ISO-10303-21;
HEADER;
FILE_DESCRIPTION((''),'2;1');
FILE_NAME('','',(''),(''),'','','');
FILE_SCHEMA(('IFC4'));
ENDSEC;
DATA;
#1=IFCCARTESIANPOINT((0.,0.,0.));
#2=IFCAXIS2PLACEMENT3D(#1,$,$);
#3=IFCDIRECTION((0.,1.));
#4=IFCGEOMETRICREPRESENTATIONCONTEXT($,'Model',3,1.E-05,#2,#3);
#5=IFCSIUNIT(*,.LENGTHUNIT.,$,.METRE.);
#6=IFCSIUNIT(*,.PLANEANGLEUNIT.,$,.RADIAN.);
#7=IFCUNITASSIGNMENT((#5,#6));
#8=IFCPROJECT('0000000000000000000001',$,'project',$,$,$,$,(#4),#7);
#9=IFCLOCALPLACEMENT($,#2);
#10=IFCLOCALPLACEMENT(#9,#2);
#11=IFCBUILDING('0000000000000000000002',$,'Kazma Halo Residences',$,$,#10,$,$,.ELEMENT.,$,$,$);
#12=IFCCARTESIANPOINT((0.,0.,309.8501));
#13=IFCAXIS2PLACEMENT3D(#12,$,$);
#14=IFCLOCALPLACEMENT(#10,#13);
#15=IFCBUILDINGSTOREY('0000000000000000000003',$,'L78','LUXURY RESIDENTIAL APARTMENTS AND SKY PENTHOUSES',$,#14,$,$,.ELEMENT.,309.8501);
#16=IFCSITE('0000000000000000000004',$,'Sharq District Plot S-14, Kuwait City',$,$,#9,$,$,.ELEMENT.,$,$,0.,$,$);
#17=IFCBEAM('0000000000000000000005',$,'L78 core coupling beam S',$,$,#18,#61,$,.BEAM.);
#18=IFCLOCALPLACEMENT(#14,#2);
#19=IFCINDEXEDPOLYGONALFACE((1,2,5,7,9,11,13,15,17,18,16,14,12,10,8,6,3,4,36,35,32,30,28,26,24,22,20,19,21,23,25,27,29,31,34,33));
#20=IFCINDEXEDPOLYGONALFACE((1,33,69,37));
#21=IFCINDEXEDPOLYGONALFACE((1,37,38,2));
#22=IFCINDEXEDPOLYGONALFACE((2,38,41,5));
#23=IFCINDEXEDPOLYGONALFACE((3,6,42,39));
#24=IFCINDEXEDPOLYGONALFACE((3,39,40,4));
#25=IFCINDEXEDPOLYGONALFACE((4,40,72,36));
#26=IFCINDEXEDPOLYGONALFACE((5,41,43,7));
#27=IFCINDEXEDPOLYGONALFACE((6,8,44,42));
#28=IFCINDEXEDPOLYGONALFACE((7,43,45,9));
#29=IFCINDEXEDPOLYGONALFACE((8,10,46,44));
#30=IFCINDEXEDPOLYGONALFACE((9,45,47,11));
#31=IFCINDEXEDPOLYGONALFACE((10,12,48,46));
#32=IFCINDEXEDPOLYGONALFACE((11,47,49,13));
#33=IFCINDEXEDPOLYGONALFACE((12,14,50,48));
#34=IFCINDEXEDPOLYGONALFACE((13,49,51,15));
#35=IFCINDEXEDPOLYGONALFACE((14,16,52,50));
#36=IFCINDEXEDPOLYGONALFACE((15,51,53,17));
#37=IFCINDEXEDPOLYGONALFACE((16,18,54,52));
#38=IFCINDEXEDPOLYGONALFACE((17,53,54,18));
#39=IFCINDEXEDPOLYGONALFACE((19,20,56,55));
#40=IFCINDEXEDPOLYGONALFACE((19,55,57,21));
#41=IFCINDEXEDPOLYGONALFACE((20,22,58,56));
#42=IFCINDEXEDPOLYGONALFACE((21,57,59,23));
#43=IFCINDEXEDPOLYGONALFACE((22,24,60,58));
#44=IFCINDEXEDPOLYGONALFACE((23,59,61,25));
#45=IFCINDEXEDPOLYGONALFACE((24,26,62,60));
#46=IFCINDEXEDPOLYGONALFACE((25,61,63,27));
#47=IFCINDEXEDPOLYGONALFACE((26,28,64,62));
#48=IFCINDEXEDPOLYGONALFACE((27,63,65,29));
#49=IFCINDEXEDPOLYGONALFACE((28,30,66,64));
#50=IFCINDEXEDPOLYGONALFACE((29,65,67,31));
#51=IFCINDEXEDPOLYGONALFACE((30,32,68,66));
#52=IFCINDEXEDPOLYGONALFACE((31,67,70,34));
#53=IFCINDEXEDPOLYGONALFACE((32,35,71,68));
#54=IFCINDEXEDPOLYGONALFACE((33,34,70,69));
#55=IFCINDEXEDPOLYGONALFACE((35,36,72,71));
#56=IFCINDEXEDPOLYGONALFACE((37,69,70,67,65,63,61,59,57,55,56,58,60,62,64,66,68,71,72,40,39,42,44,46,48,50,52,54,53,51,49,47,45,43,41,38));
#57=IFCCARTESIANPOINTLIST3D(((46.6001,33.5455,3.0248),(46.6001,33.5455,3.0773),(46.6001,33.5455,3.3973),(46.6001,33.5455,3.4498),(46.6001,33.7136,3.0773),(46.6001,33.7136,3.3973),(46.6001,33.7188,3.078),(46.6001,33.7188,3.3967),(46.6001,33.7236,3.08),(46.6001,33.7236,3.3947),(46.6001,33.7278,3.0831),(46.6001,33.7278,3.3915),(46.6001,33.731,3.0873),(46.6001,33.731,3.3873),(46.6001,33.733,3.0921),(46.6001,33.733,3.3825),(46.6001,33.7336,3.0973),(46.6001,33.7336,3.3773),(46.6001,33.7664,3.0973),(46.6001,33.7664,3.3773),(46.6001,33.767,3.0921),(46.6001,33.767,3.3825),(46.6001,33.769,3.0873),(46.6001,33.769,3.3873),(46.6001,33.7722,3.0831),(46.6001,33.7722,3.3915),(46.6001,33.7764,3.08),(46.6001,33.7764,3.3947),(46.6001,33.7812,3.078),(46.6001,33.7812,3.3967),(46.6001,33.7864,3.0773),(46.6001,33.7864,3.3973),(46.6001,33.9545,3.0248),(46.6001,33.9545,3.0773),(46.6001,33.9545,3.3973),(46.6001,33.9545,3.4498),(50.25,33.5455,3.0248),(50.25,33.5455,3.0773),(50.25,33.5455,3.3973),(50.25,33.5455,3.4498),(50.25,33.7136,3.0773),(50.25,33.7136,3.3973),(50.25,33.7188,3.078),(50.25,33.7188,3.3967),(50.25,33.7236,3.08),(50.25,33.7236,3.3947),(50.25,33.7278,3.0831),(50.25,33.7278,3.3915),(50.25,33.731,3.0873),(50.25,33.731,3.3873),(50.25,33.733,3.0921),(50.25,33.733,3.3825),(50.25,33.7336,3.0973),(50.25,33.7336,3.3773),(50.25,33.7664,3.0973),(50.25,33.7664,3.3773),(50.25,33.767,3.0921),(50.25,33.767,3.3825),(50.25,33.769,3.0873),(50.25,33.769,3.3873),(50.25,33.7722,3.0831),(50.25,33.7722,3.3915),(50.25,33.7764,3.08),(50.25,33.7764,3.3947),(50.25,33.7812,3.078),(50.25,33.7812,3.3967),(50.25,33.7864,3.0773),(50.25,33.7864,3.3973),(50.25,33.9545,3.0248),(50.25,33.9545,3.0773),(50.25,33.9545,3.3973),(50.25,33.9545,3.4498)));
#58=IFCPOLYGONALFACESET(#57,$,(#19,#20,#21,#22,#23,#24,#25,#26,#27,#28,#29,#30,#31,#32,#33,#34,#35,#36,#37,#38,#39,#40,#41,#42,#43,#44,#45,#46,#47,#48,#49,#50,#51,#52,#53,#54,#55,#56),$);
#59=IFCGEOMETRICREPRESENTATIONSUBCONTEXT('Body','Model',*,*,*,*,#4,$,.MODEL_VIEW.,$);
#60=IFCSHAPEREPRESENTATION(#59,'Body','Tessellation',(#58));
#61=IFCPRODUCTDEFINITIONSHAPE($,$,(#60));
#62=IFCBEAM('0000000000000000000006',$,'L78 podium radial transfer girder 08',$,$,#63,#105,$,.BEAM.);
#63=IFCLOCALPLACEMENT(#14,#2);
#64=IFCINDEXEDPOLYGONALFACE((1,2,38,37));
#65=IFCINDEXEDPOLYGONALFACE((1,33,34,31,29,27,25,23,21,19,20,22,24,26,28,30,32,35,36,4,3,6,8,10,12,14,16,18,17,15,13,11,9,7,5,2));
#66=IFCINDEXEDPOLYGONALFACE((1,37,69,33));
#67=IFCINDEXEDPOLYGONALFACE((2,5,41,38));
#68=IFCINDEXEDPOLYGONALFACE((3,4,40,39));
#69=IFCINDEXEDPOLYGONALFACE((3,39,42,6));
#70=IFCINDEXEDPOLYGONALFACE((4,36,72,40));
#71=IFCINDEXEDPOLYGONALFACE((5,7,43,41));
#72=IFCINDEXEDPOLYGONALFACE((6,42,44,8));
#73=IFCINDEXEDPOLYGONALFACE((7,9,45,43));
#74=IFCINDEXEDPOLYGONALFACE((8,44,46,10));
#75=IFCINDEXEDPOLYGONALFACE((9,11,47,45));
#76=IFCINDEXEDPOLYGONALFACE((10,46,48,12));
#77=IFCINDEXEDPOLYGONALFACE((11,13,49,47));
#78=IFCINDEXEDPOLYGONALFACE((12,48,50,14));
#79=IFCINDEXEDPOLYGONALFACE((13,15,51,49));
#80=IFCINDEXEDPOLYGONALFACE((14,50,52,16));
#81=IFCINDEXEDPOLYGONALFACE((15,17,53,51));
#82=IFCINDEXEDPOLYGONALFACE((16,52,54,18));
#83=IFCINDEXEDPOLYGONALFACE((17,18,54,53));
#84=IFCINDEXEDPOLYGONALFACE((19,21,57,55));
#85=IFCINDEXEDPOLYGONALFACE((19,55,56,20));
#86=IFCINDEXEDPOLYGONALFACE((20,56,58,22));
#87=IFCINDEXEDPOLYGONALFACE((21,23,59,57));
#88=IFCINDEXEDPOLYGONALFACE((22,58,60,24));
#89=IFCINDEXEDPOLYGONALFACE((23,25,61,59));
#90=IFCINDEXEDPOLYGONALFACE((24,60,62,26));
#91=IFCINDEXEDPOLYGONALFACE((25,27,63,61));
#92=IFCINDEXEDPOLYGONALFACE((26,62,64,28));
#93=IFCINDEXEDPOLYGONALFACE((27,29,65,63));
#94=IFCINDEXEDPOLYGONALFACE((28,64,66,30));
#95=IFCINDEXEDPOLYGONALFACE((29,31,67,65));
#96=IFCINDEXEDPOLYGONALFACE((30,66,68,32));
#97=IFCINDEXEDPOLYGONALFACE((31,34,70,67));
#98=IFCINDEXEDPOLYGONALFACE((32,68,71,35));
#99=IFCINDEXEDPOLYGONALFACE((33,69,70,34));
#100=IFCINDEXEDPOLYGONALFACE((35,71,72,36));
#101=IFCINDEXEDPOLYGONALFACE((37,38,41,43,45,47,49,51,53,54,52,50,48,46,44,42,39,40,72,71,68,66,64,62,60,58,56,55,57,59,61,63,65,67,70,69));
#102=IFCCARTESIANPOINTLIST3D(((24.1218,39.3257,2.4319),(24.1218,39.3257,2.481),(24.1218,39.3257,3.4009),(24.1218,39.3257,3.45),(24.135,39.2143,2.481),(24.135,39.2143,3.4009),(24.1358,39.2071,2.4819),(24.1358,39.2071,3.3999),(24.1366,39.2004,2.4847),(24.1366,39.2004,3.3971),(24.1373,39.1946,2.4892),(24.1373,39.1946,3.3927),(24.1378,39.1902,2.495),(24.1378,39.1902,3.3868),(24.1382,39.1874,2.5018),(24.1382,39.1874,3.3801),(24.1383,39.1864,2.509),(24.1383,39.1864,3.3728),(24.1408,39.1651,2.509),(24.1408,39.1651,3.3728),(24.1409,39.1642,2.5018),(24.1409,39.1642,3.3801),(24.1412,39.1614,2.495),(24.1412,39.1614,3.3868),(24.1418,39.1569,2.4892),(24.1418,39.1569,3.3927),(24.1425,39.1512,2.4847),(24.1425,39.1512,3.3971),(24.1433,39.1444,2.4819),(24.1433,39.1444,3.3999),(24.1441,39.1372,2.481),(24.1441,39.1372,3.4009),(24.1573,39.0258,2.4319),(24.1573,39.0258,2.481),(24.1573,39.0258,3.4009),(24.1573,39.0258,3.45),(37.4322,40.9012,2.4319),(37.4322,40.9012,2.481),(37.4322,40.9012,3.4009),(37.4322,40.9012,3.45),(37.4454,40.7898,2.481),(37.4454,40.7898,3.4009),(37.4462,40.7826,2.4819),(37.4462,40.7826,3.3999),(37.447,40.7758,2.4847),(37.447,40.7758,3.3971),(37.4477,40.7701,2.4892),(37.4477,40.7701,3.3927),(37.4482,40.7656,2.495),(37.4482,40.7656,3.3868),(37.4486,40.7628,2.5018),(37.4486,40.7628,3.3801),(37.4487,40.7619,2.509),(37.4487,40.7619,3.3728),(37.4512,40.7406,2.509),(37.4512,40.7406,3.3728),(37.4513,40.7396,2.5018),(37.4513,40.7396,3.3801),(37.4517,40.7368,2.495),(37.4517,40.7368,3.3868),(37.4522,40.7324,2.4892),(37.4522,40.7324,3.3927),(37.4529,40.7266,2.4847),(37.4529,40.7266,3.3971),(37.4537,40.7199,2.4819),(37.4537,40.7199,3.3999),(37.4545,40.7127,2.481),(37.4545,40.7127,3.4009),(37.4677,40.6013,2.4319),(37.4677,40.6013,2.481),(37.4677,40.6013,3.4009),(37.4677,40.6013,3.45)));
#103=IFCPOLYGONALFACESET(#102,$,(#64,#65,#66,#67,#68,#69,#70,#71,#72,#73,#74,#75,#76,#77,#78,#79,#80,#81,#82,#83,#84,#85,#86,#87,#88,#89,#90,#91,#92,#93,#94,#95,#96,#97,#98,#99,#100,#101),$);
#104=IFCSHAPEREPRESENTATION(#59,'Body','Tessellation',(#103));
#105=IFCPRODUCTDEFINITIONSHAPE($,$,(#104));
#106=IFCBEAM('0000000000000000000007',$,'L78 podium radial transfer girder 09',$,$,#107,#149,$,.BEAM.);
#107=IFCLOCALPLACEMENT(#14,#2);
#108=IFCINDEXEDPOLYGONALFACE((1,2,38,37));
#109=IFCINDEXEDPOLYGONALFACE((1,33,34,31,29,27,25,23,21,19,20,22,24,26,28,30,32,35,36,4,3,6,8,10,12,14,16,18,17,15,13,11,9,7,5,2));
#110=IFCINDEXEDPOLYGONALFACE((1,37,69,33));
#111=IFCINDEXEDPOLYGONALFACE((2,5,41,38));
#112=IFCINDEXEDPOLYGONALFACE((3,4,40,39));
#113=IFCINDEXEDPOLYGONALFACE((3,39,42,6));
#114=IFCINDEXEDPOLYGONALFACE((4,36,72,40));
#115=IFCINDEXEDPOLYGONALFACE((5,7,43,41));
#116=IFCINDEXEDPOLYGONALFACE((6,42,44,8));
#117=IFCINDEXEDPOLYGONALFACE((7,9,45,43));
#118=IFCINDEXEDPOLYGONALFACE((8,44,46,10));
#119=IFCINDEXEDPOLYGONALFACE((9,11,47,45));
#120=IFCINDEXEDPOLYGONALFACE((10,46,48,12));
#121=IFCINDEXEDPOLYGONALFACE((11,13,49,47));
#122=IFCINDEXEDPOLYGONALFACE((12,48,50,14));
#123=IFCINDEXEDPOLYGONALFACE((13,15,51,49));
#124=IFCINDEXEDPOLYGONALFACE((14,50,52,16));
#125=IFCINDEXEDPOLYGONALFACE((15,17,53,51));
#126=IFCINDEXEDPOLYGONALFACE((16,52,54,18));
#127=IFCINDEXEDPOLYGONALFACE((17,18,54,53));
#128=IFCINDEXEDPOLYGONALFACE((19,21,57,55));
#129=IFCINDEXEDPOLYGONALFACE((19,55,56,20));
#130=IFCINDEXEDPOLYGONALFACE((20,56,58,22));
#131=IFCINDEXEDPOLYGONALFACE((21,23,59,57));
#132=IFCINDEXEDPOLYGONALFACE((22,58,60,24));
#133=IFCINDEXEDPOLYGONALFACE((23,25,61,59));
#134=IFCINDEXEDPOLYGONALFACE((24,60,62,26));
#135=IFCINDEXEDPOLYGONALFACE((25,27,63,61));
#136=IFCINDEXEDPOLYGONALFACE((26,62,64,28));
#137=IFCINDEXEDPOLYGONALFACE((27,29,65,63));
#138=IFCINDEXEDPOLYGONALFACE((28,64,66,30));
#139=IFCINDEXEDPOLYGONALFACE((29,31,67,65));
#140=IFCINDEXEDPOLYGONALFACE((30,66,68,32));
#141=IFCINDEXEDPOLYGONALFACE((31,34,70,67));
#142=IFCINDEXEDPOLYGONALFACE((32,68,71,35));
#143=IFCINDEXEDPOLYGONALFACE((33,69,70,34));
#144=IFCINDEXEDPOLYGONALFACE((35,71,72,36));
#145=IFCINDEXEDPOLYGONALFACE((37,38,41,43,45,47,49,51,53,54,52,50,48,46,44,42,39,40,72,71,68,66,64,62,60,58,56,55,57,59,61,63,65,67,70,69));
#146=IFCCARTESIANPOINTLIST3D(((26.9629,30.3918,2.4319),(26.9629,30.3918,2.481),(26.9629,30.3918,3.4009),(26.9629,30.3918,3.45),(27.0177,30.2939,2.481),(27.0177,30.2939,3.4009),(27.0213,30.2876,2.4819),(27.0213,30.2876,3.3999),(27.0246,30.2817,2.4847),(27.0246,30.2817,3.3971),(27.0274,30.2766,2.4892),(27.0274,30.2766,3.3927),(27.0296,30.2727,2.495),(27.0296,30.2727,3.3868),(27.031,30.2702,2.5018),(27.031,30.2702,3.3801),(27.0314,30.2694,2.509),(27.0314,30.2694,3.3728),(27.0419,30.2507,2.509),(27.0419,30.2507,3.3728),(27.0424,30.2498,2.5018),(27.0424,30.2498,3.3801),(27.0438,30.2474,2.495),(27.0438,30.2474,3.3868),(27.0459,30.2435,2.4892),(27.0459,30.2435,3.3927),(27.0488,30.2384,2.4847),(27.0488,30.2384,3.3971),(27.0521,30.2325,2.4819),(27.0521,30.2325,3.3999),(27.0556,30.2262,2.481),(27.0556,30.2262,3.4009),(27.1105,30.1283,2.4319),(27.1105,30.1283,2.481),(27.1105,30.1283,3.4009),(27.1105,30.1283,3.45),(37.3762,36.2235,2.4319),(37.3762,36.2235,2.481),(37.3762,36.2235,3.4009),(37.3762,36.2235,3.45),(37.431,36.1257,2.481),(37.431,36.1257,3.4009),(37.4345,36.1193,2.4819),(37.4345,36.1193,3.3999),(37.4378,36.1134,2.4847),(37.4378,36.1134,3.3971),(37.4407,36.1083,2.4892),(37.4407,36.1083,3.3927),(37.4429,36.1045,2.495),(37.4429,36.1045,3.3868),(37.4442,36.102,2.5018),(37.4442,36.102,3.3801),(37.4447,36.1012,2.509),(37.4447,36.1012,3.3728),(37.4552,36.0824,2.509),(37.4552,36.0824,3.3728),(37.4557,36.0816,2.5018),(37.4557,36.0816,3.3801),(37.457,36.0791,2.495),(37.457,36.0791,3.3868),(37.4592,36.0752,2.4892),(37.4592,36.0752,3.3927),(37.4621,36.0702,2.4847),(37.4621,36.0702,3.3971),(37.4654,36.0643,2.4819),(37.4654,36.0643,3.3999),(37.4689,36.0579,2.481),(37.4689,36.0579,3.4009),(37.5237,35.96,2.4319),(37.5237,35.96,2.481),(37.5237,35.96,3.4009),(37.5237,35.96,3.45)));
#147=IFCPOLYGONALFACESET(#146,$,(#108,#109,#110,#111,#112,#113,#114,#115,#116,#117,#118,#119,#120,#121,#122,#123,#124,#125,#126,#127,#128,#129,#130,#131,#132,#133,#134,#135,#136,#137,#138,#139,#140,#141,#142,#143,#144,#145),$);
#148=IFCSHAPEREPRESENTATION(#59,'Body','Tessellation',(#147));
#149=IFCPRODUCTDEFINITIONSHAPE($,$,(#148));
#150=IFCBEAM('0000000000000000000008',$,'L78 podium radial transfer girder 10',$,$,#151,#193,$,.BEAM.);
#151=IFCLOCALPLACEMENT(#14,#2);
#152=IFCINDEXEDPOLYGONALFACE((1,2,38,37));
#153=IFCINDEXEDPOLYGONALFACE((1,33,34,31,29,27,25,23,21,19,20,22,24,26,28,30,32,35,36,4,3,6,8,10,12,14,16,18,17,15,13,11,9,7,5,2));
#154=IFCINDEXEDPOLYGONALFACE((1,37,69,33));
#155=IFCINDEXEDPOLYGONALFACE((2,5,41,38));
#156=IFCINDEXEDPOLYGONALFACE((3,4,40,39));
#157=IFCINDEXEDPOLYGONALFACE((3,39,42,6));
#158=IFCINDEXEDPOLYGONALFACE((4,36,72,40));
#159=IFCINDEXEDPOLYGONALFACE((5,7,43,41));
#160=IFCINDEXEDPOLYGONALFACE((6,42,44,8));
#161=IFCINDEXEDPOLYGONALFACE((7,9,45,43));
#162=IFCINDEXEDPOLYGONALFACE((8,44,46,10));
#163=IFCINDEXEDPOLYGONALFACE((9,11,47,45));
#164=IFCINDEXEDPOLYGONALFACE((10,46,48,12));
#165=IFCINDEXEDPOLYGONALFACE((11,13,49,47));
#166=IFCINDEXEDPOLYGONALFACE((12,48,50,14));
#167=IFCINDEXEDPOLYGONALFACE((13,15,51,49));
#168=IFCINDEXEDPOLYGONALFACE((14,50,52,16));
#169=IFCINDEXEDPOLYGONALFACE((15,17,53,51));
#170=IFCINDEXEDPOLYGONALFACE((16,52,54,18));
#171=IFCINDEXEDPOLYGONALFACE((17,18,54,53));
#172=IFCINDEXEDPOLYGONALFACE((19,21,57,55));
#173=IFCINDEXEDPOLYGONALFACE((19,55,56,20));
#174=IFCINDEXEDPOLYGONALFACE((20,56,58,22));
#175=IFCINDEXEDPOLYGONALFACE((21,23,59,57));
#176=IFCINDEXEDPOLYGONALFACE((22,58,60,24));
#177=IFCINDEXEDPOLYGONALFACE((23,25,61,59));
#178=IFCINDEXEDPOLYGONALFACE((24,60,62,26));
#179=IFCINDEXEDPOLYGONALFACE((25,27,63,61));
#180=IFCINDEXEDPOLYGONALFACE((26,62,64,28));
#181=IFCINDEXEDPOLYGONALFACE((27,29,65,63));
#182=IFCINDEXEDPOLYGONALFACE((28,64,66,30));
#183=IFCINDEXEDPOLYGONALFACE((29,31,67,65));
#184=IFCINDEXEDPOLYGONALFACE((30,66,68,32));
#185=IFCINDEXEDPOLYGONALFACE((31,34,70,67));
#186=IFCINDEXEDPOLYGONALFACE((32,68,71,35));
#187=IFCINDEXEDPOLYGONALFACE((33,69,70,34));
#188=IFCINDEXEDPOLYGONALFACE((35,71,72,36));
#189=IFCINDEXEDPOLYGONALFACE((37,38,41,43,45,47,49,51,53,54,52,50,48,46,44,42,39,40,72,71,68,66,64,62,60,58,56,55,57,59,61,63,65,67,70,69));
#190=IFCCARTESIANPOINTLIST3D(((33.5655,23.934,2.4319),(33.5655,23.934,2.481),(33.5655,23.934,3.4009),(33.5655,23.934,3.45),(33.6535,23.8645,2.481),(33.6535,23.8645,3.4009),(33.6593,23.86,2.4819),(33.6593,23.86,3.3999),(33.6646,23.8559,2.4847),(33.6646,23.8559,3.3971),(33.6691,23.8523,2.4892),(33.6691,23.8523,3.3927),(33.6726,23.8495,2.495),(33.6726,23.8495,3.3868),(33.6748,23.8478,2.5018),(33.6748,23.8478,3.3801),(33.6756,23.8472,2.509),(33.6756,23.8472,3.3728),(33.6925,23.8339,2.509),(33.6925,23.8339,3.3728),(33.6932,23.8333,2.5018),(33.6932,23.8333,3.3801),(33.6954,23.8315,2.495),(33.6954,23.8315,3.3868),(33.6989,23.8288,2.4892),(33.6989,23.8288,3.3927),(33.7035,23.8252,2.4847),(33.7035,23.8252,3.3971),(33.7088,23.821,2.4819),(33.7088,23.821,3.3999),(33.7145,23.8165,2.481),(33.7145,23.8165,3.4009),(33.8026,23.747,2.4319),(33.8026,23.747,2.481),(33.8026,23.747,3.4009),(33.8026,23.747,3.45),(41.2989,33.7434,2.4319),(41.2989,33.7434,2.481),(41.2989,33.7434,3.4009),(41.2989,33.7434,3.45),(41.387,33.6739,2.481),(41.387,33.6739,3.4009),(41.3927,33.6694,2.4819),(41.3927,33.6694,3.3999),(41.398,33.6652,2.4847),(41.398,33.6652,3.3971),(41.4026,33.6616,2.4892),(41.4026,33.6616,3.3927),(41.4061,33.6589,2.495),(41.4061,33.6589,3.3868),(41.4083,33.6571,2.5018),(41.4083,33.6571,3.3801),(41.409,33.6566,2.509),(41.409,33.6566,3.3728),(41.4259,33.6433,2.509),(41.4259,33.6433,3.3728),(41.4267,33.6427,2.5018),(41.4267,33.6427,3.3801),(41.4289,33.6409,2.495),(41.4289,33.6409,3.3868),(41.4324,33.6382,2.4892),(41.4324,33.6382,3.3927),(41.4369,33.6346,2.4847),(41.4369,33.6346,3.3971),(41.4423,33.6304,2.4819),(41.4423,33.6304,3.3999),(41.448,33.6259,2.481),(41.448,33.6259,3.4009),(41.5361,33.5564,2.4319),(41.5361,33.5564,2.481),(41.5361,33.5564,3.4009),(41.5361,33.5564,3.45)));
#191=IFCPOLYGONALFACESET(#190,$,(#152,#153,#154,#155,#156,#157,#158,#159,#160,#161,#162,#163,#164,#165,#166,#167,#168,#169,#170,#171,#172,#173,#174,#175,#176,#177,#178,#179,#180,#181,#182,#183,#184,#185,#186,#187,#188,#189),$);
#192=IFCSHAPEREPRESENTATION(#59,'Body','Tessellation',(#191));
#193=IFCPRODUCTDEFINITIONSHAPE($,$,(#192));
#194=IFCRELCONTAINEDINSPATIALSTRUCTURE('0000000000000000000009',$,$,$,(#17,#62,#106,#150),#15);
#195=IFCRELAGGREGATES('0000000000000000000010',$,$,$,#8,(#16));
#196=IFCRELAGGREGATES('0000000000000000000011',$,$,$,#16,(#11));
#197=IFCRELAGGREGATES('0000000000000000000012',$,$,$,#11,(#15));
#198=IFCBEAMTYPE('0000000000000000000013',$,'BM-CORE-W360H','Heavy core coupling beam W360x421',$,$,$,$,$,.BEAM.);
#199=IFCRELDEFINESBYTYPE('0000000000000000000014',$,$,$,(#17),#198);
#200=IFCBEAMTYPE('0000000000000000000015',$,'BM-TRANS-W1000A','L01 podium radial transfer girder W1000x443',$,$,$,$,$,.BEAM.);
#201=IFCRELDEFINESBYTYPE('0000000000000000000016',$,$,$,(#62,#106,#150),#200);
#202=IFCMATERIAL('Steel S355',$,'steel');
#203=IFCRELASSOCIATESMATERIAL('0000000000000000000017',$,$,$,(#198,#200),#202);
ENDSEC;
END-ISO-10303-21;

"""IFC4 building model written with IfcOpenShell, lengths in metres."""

from ifc_helpers import new_model, si_unit, direction, frame, origin, origin_2d, place, context, subcontext, project, spatial, i_section, extrude, material, material_profile, profile_set, type_object, element, save


model = new_model("IFC4")

# Units and contexts
model_context = context("Model", 3, precision=1e-05, world=origin(), true_north=direction((0.0, 1.0)))
body_context = subcontext(model_context, "Body", "Model", "MODEL_VIEW")
ifc_project = project(units=[si_unit("LENGTHUNIT", "METRE"), si_unit("PLANEANGLEUNIT", "RADIAN")], contexts=[model_context])

# Site, building, storey
site_placement = place(None, origin())
site = spatial("IfcSite", under=ifc_project, at=site_placement, Name="Sharq District Plot S-14, Kuwait City", CompositionType="ELEMENT", RefElevation=0.0)
building_placement = place(site_placement, origin())
building = spatial("IfcBuilding", under=site, at=building_placement, Name="Kazma Halo Residences", CompositionType="ELEMENT")
storey_placement = place(building_placement, frame((0.0, 0.0, 309.8501)))
storey = spatial("IfcBuildingStorey", under=building, at=storey_placement, Name="L78", Description="LUXURY RESIDENTIAL APARTMENTS AND SKY PENTHOUSES", CompositionType="ELEMENT", Elevation=309.8501)

# Beams
ifc_material_1 = material(Name="Steel S355", Category="steel")
ifc_material_profile_1 = material_profile(ifc_material_1, i_section(OverallWidth=0.4089, OverallDepth=0.425, WebThickness=0.0327, FlangeThickness=0.0525, FilletRadius=0.02, at=origin_2d()), Name="W360x421")
ifc_profile_set_1 = profile_set([ifc_material_profile_1], Name="Steel S355")
beam_type_1 = type_object("IfcBeamType", Name="BM-CORE-W360H", Description="Heavy core coupling beam W360x421", PredefinedType="BEAM", material=ifc_profile_set_1)
beam_1_placement = place(storey_placement, frame((46.6001, 33.75, 3.2373), z_axis=(1.0, 0.0, 0.0), x_axis=(0.0, 1.0, 0.0)))
element("IfcBeam", 1, at=beam_1_placement, inside=storey, type_object=beam_type_1, Name="L78 core coupling beam S", PredefinedType="BEAM", context=body_context, shape_type="SweptSolid", body=[
    extrude(i_section(OverallWidth=0.4089, OverallDepth=0.425, WebThickness=0.0327, FlangeThickness=0.0525, FilletRadius=0.02, at=origin_2d()), origin(), (0.0, 0.0, 1.0), 3.6499),
])
ifc_material_profile_2 = material_profile(ifc_material_1, i_section(OverallWidth=0.302, OverallDepth=1.0181, WebThickness=0.0215, FlangeThickness=0.0491, FilletRadius=0.0281, at=origin_2d()), Name="W1000x443")
ifc_profile_set_2 = profile_set([ifc_material_profile_2], Name="Steel S355")
beam_type_2 = type_object("IfcBeamType", Name="BM-TRANS-W1000A", Description="L01 podium radial transfer girder W1000x443", PredefinedType="BEAM", material=ifc_profile_set_2)
beam_2_placement = place(storey_placement, frame((37.45, 40.7512, 2.9409), z_axis=(-0.993068, -0.117542, 0.0), x_axis=(0.117542, -0.993068, 0.0)))
element("IfcBeam", 2, at=beam_2_placement, inside=storey, type_object=beam_type_2, Name="L78 podium radial transfer girder 08", PredefinedType="BEAM", context=body_context, shape_type="SweptSolid", body=[
    extrude(i_section(OverallWidth=0.302, OverallDepth=1.0181, WebThickness=0.0215, FlangeThickness=0.0491, FilletRadius=0.0281, at=origin_2d()), origin(), (0.0, 0.0, 1.0), 13.4033),
])
beam_3_placement = place(storey_placement, frame((37.45, 36.0918, 2.9409), z_axis=(-0.872495, -0.488624, 0.0), x_axis=(0.488624, -0.872495, 0.0)))
element("IfcBeam", 3, at=beam_3_placement, inside=storey, type_object=beam_type_2, Name="L78 podium radial transfer girder 09", PredefinedType="BEAM", context=body_context, shape_type="SweptSolid", body=[
    extrude(i_section(OverallWidth=0.302, OverallDepth=1.0181, WebThickness=0.0215, FlangeThickness=0.0491, FilletRadius=0.0281, at=origin_2d()), origin(), (0.0, 0.0, 1.0), 11.9351),
])
beam_4_placement = place(storey_placement, frame((41.4175, 33.6499, 2.9409), z_axis=(-0.619111, -0.785303, 0.0), x_axis=(0.785303, -0.619111, 0.0)))
element("IfcBeam", 4, at=beam_4_placement, inside=storey, type_object=beam_type_2, Name="L78 podium radial transfer girder 10", PredefinedType="BEAM", context=body_context, shape_type="SweptSolid", body=[
    extrude(i_section(OverallWidth=0.302, OverallDepth=1.0181, WebThickness=0.0215, FlangeThickness=0.0491, FilletRadius=0.0281, at=origin_2d()), origin(), (0.0, 0.0, 1.0), 12.4912),
])

save(model, "model.ifc")
